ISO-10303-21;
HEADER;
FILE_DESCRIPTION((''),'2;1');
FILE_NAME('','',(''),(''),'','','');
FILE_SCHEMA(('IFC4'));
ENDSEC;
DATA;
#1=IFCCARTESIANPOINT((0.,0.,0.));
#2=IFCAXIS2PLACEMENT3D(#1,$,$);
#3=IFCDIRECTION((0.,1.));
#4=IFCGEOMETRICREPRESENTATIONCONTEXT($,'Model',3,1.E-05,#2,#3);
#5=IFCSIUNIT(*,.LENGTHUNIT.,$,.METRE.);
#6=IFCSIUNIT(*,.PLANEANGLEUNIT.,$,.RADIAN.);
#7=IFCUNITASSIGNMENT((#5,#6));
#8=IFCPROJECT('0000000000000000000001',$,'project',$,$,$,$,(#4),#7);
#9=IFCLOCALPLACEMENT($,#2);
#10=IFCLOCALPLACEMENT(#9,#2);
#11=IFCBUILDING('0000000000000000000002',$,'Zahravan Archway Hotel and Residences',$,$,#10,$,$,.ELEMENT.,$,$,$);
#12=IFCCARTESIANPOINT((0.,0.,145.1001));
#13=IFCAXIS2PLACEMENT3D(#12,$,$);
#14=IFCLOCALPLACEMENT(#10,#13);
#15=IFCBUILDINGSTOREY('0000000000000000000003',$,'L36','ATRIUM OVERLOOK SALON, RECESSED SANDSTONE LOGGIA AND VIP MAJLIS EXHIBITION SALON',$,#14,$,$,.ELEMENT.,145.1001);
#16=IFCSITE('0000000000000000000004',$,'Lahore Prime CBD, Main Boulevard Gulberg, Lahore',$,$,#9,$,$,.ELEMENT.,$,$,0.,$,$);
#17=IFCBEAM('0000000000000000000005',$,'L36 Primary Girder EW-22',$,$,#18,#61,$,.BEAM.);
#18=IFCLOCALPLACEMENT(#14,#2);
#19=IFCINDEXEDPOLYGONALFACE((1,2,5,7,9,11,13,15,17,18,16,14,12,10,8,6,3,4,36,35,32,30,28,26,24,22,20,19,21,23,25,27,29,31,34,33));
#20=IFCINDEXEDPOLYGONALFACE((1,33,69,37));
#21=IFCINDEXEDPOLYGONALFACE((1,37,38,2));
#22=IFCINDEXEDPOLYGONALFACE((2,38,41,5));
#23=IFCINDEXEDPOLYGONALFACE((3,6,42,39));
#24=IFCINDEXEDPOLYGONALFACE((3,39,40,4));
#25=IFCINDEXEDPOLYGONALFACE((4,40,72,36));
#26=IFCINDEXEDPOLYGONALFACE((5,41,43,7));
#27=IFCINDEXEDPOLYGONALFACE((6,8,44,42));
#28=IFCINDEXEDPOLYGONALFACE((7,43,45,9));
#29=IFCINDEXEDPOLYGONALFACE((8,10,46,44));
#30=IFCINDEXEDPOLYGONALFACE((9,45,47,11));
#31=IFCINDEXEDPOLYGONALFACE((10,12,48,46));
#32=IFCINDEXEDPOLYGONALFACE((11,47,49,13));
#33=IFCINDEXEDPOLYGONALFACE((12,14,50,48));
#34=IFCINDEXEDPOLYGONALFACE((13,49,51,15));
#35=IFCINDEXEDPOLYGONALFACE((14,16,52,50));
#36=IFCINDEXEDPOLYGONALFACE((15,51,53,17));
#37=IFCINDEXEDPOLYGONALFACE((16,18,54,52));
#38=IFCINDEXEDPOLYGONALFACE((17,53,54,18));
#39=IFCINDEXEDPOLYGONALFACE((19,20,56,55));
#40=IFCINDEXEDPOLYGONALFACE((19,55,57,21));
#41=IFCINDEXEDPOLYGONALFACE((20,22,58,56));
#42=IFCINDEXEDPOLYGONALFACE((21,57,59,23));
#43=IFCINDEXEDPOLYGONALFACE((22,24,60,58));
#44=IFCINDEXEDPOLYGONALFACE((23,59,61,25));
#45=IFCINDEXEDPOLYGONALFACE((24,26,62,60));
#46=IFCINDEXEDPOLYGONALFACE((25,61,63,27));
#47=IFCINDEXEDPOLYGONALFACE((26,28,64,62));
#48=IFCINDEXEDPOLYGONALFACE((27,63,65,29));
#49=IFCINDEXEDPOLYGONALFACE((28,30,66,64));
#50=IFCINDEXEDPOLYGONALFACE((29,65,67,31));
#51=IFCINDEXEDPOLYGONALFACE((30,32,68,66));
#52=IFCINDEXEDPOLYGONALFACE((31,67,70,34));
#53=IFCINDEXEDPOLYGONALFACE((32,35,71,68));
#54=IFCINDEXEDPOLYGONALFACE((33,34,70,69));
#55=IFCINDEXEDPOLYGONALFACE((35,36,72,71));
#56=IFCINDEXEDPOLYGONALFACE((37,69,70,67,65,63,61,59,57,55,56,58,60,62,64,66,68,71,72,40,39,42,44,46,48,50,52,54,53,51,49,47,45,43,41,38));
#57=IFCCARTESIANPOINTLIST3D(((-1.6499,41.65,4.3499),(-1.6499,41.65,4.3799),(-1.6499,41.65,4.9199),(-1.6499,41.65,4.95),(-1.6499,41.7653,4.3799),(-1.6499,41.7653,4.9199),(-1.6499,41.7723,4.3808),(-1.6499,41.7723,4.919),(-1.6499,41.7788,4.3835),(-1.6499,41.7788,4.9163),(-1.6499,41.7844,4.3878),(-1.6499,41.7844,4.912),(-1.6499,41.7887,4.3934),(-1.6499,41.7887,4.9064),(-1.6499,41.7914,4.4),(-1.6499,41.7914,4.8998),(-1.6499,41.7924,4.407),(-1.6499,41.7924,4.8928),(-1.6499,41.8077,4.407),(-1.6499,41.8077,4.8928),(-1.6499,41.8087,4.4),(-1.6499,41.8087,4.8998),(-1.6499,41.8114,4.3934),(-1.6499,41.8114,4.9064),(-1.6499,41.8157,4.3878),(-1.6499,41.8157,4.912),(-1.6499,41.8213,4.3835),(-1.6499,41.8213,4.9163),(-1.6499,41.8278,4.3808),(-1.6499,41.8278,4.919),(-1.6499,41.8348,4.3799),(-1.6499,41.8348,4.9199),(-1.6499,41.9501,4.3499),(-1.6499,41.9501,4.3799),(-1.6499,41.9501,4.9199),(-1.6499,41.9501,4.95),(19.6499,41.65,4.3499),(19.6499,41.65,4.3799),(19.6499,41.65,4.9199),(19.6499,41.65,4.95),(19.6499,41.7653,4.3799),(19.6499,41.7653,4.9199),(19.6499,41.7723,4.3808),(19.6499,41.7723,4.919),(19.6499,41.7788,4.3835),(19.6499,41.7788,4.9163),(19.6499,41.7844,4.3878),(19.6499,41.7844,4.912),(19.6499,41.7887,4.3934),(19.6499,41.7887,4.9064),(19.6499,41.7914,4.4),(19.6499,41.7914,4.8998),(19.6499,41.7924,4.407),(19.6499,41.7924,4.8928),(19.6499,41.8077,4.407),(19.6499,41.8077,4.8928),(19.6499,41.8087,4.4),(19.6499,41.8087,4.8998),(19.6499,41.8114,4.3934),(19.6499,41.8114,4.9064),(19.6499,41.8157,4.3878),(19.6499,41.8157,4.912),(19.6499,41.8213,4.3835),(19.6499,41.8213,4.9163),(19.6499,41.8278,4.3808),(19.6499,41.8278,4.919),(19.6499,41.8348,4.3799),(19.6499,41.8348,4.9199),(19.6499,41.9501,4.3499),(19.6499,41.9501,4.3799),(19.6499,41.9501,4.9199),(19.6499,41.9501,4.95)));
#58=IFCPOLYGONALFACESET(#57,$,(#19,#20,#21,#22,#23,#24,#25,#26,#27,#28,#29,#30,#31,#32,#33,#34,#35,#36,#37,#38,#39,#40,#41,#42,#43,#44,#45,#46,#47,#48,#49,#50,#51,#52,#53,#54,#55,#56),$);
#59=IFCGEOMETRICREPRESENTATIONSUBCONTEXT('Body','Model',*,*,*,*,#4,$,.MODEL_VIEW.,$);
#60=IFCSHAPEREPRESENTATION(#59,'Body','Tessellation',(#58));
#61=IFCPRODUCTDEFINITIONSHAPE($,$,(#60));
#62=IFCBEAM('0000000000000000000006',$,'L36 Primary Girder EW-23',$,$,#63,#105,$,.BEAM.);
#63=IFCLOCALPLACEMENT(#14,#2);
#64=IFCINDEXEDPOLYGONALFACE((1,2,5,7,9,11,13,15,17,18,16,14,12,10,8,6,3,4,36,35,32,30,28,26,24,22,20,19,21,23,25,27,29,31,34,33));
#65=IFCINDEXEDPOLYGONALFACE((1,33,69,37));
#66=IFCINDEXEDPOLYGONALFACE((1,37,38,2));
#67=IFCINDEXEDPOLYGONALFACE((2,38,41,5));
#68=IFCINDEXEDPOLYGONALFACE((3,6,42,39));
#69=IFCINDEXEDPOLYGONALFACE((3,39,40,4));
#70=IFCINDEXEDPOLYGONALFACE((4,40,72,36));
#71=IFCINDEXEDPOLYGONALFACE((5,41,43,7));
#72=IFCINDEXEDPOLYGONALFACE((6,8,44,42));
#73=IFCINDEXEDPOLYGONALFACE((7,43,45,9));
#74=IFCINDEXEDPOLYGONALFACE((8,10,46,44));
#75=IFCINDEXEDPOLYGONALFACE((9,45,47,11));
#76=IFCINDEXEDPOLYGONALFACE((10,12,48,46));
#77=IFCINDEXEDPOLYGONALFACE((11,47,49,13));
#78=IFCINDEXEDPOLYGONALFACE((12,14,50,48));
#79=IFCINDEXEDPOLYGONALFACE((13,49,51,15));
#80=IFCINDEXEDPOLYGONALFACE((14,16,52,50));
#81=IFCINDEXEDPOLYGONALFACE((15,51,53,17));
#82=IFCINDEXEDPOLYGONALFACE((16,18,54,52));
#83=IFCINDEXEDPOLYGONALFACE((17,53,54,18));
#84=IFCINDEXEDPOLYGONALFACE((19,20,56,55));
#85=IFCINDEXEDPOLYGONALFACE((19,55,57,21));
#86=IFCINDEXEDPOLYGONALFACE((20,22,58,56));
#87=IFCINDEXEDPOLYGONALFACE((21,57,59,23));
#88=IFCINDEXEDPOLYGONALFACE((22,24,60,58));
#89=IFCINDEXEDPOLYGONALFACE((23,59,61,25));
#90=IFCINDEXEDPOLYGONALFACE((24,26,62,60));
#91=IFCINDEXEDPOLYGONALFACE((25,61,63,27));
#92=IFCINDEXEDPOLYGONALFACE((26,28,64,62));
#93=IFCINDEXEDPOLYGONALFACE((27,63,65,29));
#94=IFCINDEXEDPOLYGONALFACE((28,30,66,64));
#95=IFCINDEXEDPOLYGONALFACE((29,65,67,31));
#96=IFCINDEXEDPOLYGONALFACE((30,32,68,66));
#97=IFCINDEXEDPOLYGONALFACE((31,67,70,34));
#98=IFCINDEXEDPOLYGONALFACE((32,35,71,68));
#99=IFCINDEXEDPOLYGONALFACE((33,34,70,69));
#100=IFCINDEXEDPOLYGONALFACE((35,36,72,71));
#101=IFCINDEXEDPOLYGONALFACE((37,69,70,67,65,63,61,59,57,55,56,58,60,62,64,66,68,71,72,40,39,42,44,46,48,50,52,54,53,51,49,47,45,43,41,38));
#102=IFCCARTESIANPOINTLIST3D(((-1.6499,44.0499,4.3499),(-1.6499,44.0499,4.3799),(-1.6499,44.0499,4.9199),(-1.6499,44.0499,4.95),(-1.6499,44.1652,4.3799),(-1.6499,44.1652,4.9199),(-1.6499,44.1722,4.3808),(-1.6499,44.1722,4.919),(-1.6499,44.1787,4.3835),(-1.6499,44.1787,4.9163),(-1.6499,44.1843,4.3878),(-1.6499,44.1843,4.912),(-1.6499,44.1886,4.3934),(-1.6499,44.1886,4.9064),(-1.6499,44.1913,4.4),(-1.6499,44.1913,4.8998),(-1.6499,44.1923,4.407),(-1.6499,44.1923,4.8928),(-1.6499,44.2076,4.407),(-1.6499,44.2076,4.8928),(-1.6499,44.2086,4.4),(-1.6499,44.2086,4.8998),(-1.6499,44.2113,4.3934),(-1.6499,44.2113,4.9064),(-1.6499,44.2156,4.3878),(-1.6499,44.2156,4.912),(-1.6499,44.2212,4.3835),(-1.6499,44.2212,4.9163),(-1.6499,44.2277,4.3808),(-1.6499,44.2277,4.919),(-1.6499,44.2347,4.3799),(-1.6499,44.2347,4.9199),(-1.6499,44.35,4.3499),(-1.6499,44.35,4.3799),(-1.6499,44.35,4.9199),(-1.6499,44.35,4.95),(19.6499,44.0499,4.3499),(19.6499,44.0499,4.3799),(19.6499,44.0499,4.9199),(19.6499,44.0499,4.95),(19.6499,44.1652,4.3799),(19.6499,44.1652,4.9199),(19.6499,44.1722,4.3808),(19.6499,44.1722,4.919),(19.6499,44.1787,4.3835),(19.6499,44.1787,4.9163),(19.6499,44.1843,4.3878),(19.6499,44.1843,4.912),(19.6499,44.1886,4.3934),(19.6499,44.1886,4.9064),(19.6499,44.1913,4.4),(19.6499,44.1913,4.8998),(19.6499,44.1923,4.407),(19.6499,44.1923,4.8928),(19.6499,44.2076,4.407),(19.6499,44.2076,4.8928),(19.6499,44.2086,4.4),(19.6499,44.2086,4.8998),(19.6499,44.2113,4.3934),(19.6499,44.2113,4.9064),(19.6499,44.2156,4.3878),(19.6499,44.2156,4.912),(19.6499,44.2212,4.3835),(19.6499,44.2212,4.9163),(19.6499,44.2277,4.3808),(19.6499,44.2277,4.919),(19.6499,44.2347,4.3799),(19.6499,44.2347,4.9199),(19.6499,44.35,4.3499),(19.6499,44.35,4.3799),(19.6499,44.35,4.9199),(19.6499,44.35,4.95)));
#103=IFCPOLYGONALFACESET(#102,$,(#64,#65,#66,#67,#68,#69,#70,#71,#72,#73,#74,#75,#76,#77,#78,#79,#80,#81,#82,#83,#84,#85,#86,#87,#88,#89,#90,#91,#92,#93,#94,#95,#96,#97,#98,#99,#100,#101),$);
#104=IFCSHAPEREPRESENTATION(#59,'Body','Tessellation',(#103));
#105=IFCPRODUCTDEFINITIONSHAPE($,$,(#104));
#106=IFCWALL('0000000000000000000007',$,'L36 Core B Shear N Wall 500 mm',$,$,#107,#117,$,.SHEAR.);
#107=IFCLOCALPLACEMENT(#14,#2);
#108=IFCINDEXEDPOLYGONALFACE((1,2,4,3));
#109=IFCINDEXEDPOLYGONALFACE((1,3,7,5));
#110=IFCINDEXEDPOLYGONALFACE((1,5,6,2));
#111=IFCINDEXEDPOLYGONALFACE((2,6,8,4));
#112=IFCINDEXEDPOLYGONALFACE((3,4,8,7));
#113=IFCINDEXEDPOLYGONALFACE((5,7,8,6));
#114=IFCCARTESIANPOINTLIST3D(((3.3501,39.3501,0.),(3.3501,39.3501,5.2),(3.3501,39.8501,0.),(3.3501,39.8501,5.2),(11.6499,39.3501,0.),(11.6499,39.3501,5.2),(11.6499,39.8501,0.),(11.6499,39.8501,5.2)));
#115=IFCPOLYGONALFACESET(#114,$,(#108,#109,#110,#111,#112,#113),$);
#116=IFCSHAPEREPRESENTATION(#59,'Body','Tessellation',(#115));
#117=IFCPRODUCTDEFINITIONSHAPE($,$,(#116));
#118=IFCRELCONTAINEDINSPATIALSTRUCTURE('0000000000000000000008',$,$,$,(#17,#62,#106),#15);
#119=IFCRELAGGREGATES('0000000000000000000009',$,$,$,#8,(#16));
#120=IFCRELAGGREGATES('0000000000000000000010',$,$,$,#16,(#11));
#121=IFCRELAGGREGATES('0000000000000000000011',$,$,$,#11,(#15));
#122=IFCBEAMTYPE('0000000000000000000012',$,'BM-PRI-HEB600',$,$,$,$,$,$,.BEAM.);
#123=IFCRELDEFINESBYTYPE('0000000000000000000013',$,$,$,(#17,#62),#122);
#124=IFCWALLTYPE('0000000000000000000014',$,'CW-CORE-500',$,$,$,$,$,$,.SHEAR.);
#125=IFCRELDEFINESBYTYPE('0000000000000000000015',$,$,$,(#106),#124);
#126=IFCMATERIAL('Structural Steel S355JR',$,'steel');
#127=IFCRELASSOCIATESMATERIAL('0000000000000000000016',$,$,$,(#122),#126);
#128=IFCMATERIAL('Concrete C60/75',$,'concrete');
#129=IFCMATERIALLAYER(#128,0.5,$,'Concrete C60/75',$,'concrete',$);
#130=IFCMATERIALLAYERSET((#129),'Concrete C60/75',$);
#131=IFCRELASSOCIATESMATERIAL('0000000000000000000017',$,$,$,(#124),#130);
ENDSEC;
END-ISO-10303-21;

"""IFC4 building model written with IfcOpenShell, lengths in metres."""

from ifc_helpers import new_model, si_unit, direction, frame, frame_2d, origin, origin_2d, place, context, subcontext, project, spatial, rectangle, i_section, extrude, source, transform, mapped, material, layer, layer_set, material_profile, profile_set, type_object, element, save


model = new_model("IFC4")

# Units and contexts
model_context = context("Model", 3, precision=1e-05, world=origin(), true_north=direction((0.0, 1.0)))
body_context = subcontext(model_context, "Body", "Model", "MODEL_VIEW")
ifc_project = project(units=[si_unit("LENGTHUNIT", "METRE"), si_unit("PLANEANGLEUNIT", "RADIAN")], contexts=[model_context])

# Site, building, storey
site_placement = place(None, origin())
site = spatial("IfcSite", under=ifc_project, at=site_placement, Name="Lahore Prime CBD, Main Boulevard Gulberg, Lahore", CompositionType="ELEMENT", RefElevation=0.0)
building_placement = place(site_placement, origin())
building = spatial("IfcBuilding", under=site, at=building_placement, Name="Zahravan Archway Hotel and Residences", CompositionType="ELEMENT")
storey_placement = place(building_placement, frame((0.0, 0.0, 145.1001)))
storey = spatial("IfcBuildingStorey", under=building, at=storey_placement, Name="L36", Description="ATRIUM OVERLOOK SALON, RECESSED SANDSTONE LOGGIA AND VIP MAJLIS EXHIBITION SALON", CompositionType="ELEMENT", Elevation=145.1001)

# Shared definitions
ifc_material_1 = material(Name="Concrete C60/75", Category="concrete")

# Beams
ifc_material_2 = material(Name="Structural Steel S355JR", Category="steel")
ifc_material_profile_1 = material_profile(ifc_material_2, i_section(OverallWidth=0.3, OverallDepth=0.6001, WebThickness=0.0154, FlangeThickness=0.03, FilletRadius=0.0271, at=origin_2d()), Name="HEB 600", Category="steel")
ifc_profile_set_1 = profile_set([ifc_material_profile_1], Name="Structural Steel S355JR")
beam_type_1 = type_object("IfcBeamType", Name="BM-PRI-HEB600", PredefinedType="BEAM", material=ifc_profile_set_1)
shared_shape_1 = source(origin(), body_context, "Body", "SweptSolid", [
    extrude(i_section(OverallWidth=0.3, OverallDepth=0.6001, WebThickness=0.0154, FlangeThickness=0.03, FilletRadius=0.0271, at=origin_2d()), origin(), (0.0, 0.0, 1.0), 21.2998),
])
for number, where, z_axis, x_axis, name in (
    (1, (-1.6499, 41.8, 4.6499), (1.0, 0.0, 0.0), (0.0, 1.0, 0.0), "L36 Primary Girder EW-22"),
    (2, (-1.6499, 44.2, 4.6499), (1.0, 0.0, 0.0), (0.0, 1.0, 0.0), "L36 Primary Girder EW-23"),
):
    element("IfcBeam", number, at=place(storey_placement, frame(where, z_axis=z_axis, x_axis=x_axis)), inside=storey, type_object=beam_type_1, Name=name, PredefinedType="BEAM", context=body_context, shape_type="MappedRepresentation", body=[
        mapped(shared_shape_1, transform((0.0, 0.0, 0.0), scale=1.0)),
    ])

# Wall
ifc_layer_1 = layer(ifc_material_1, 0.5, Name="Concrete C60/75", Category="concrete")
ifc_layer_set_1 = layer_set([ifc_layer_1], Name="Concrete C60/75")
wall_type_1 = type_object("IfcWallType", Name="CW-CORE-500", PredefinedType="SHEAR", material=ifc_layer_set_1)
wall_1_placement = place(storey_placement, frame((3.3501, 39.6001, 0.0), z_axis=(0.0, 0.0, 1.0), x_axis=(1.0, 0.0, 0.0)))
element("IfcWall", 3, at=wall_1_placement, inside=storey, type_object=wall_type_1, Name="L36 Core B Shear N Wall 500 mm", PredefinedType="SHEAR", context=body_context, shape_type="SweptSolid", body=[
    extrude(rectangle(XDim=8.2998, YDim=0.5, at=frame_2d((4.1499, 0.0))), origin(), (0.0, 0.0, 1.0), 5.2),
])

save(model, "model.ifc")
